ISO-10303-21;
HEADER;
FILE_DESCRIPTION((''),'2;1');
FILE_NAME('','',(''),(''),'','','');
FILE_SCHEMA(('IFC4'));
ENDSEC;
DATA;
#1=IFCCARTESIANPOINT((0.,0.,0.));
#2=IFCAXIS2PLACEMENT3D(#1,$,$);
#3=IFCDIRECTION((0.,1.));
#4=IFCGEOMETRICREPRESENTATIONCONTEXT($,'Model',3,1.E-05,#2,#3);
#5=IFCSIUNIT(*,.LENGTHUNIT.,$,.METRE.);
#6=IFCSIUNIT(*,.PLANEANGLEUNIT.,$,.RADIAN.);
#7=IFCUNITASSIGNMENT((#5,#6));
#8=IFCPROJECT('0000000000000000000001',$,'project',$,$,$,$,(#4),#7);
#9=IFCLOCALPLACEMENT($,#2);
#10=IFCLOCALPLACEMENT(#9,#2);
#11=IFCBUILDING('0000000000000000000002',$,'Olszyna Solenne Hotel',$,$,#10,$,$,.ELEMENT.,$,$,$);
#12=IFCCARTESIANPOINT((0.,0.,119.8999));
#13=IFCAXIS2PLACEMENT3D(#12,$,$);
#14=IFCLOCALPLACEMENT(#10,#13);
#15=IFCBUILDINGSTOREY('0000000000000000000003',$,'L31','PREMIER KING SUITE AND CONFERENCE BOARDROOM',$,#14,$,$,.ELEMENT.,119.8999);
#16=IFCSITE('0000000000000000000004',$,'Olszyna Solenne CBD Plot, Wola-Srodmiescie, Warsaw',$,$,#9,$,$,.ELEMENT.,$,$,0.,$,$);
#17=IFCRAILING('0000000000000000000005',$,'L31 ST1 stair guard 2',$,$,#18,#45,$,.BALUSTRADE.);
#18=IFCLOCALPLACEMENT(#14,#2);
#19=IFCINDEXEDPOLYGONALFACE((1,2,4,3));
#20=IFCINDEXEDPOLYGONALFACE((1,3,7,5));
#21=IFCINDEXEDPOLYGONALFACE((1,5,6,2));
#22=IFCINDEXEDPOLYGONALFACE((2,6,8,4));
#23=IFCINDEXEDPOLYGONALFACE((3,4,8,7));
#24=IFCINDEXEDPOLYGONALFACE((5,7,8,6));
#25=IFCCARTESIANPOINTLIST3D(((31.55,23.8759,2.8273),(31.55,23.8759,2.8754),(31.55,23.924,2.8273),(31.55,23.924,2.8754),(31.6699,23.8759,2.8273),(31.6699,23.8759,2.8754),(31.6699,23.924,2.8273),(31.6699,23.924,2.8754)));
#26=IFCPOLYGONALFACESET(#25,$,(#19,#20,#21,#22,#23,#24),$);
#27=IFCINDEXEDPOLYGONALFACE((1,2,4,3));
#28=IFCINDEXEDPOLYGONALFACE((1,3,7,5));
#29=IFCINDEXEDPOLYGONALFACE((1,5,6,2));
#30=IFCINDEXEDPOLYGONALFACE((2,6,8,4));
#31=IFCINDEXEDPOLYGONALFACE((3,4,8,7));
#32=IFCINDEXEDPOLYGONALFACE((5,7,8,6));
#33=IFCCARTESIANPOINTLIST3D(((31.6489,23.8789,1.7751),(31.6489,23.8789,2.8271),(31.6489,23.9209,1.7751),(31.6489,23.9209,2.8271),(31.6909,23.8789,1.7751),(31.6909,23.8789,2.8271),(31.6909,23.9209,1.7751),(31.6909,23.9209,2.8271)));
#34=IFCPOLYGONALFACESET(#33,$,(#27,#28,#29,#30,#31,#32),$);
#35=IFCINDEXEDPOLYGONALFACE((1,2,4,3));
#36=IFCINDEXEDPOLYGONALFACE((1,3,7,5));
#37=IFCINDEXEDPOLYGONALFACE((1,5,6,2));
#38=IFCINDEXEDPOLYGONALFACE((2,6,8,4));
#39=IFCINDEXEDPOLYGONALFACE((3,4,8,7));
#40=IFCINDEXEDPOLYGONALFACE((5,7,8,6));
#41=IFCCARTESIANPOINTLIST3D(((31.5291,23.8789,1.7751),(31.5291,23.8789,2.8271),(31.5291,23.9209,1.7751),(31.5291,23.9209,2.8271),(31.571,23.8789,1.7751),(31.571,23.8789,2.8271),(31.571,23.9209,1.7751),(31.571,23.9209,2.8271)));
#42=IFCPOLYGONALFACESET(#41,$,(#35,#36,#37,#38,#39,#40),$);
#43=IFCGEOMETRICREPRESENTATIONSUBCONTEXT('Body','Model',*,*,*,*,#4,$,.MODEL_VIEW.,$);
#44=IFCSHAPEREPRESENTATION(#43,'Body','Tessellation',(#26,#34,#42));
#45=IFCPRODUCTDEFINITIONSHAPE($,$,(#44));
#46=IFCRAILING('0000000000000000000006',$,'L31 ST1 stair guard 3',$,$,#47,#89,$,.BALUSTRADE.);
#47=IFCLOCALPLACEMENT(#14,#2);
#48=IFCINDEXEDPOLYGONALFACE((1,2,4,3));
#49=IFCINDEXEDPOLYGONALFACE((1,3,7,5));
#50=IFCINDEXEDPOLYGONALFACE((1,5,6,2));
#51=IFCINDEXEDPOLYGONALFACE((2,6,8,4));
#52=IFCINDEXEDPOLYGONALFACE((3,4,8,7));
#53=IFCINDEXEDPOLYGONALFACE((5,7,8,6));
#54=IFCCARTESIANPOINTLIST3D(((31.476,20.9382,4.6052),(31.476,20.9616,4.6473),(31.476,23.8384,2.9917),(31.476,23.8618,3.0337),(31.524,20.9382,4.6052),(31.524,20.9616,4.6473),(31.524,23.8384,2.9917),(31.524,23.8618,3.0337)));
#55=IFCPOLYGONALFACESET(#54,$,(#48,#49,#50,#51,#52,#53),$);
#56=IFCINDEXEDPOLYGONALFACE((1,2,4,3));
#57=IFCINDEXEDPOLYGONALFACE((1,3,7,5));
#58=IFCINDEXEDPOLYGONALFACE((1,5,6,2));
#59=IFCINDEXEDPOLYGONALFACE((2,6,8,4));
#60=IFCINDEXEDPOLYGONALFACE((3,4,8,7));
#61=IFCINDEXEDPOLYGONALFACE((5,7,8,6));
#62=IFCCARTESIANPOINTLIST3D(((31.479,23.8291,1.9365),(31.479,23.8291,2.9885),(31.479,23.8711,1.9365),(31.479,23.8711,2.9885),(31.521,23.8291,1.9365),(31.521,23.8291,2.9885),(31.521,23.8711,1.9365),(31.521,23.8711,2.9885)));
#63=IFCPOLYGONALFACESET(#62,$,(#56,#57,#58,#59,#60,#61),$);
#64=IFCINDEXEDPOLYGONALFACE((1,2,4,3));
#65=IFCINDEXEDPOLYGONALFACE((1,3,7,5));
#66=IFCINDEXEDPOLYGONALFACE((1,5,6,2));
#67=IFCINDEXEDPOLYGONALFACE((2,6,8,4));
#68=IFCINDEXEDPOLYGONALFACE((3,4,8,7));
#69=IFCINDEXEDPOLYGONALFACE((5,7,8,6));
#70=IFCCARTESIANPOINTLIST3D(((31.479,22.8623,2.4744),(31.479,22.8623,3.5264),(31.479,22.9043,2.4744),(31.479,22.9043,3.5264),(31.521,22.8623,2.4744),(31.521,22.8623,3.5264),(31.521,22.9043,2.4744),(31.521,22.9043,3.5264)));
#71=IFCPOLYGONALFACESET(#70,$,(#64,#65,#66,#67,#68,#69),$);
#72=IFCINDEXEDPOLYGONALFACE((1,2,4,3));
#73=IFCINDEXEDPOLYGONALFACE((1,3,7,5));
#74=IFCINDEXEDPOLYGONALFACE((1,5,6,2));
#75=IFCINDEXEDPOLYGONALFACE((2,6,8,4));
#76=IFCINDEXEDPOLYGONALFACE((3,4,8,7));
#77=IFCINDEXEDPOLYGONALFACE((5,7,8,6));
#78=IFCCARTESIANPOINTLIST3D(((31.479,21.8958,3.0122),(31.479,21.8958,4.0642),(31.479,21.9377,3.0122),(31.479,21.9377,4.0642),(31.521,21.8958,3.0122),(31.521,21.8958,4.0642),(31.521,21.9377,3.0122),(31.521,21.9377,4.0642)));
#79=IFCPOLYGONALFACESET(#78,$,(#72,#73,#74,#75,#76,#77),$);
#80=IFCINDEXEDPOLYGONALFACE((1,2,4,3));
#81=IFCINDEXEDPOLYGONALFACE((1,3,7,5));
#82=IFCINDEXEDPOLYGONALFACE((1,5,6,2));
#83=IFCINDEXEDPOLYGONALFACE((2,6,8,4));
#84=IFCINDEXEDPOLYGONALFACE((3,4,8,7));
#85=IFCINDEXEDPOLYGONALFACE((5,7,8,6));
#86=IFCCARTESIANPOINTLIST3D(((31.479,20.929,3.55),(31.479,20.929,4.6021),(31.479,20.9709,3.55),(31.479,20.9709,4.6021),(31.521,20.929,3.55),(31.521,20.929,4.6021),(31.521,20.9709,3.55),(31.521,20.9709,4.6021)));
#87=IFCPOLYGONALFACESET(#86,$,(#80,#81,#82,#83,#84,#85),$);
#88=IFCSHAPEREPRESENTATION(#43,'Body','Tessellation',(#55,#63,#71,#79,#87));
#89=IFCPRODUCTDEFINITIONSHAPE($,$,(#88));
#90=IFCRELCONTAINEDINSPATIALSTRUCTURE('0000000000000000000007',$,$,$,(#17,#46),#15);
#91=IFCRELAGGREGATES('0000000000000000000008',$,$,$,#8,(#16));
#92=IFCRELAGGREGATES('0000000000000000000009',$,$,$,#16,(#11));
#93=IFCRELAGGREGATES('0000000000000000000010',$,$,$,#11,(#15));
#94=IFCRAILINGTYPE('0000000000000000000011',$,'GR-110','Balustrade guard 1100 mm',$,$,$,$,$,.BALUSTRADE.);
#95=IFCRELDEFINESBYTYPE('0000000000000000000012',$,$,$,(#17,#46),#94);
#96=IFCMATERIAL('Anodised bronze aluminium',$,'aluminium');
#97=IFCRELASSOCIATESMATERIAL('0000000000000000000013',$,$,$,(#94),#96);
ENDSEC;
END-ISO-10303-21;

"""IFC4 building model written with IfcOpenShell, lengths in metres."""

from ifc_helpers import new_model, si_unit, direction, frame, origin, origin_2d, place, context, subcontext, project, spatial, rectangle, extrude, material, type_object, element, save


model = new_model("IFC4")

# Units and contexts
model_context = context("Model", 3, precision=1e-05, world=origin(), true_north=direction((0.0, 1.0)))
body_context = subcontext(model_context, "Body", "Model", "MODEL_VIEW")
ifc_project = project(units=[si_unit("LENGTHUNIT", "METRE"), si_unit("PLANEANGLEUNIT", "RADIAN")], contexts=[model_context])

# Site, building, storey
site_placement = place(None, origin())
site = spatial("IfcSite", under=ifc_project, at=site_placement, Name="Olszyna Solenne CBD Plot, Wola-Srodmiescie, Warsaw", CompositionType="ELEMENT", RefElevation=0.0)
building_placement = place(site_placement, origin())
building = spatial("IfcBuilding", under=site, at=building_placement, Name="Olszyna Solenne Hotel", CompositionType="ELEMENT")
storey_placement = place(building_placement, frame((0.0, 0.0, 119.8999)))
storey = spatial("IfcBuildingStorey", under=building, at=storey_placement, Name="L31", Description="PREMIER KING SUITE AND CONFERENCE BOARDROOM", CompositionType="ELEMENT", Elevation=119.8999)

# Railings
ifc_material_1 = material(Name="Anodised bronze aluminium", Category="aluminium")
railing_type = type_object("IfcRailingType", Name="GR-110", Description="Balustrade guard 1100 mm", PredefinedType="BALUSTRADE", material=ifc_material_1)
railing_1_placement = place(storey_placement, frame((31.6699, 23.8999, 1.7751)))
element("IfcRailing", 1, at=railing_1_placement, inside=storey, type_object=railing_type, Name="L31 ST1 stair guard 2", PredefinedType="BALUSTRADE", context=body_context, shape_type="SweptSolid", body=[
    extrude(rectangle(XDim=0.0481, YDim=0.0481, at=origin_2d()), frame((0.0, 0.0, 1.0762), z_axis=(-1.0, 0.0, 0.0), x_axis=(0.0, -1.0, 0.0)), (0.0, 0.0, 1.0), 0.1199),
    extrude(rectangle(XDim=0.042, YDim=0.042, at=origin_2d()), origin(), (0.0, 0.0, 1.0), 1.052),
    extrude(rectangle(XDim=0.042, YDim=0.042, at=origin_2d()), frame((-0.1199, 0.0, 0.0)), (0.0, 0.0, 1.0), 1.052),
])
railing_2_placement = place(storey_placement, frame((31.5, 23.8501, 1.9365)))
element("IfcRailing", 2, at=railing_2_placement, inside=storey, type_object=railing_type, Name="L31 ST1 stair guard 3", PredefinedType="BALUSTRADE", context=body_context, shape_type="SweptSolid", body=[
    extrude(rectangle(XDim=0.0481, YDim=0.0481, at=origin_2d()), frame((0.0, 0.0, 1.0762), z_axis=(0.0, -0.873859, 0.48618), x_axis=(1.0, 0.0, 0.0)), (0.0, 0.0, 1.0), 3.3188),
    extrude(rectangle(XDim=0.042, YDim=0.042, at=origin_2d()), origin(), (0.0, 0.0, 1.0), 1.052),
    extrude(rectangle(XDim=0.042, YDim=0.042, at=origin_2d()), frame((0.0, -0.9668, 0.5378)), (0.0, 0.0, 1.0), 1.052),
    extrude(rectangle(XDim=0.042, YDim=0.042, at=origin_2d()), frame((0.0, -1.9333, 1.0757)), (0.0, 0.0, 1.0), 1.052),
    extrude(rectangle(XDim=0.042, YDim=0.042, at=origin_2d()), frame((0.0, -2.9001, 1.6135)), (0.0, 0.0, 1.0), 1.052),
])

save(model, "model.ifc")
